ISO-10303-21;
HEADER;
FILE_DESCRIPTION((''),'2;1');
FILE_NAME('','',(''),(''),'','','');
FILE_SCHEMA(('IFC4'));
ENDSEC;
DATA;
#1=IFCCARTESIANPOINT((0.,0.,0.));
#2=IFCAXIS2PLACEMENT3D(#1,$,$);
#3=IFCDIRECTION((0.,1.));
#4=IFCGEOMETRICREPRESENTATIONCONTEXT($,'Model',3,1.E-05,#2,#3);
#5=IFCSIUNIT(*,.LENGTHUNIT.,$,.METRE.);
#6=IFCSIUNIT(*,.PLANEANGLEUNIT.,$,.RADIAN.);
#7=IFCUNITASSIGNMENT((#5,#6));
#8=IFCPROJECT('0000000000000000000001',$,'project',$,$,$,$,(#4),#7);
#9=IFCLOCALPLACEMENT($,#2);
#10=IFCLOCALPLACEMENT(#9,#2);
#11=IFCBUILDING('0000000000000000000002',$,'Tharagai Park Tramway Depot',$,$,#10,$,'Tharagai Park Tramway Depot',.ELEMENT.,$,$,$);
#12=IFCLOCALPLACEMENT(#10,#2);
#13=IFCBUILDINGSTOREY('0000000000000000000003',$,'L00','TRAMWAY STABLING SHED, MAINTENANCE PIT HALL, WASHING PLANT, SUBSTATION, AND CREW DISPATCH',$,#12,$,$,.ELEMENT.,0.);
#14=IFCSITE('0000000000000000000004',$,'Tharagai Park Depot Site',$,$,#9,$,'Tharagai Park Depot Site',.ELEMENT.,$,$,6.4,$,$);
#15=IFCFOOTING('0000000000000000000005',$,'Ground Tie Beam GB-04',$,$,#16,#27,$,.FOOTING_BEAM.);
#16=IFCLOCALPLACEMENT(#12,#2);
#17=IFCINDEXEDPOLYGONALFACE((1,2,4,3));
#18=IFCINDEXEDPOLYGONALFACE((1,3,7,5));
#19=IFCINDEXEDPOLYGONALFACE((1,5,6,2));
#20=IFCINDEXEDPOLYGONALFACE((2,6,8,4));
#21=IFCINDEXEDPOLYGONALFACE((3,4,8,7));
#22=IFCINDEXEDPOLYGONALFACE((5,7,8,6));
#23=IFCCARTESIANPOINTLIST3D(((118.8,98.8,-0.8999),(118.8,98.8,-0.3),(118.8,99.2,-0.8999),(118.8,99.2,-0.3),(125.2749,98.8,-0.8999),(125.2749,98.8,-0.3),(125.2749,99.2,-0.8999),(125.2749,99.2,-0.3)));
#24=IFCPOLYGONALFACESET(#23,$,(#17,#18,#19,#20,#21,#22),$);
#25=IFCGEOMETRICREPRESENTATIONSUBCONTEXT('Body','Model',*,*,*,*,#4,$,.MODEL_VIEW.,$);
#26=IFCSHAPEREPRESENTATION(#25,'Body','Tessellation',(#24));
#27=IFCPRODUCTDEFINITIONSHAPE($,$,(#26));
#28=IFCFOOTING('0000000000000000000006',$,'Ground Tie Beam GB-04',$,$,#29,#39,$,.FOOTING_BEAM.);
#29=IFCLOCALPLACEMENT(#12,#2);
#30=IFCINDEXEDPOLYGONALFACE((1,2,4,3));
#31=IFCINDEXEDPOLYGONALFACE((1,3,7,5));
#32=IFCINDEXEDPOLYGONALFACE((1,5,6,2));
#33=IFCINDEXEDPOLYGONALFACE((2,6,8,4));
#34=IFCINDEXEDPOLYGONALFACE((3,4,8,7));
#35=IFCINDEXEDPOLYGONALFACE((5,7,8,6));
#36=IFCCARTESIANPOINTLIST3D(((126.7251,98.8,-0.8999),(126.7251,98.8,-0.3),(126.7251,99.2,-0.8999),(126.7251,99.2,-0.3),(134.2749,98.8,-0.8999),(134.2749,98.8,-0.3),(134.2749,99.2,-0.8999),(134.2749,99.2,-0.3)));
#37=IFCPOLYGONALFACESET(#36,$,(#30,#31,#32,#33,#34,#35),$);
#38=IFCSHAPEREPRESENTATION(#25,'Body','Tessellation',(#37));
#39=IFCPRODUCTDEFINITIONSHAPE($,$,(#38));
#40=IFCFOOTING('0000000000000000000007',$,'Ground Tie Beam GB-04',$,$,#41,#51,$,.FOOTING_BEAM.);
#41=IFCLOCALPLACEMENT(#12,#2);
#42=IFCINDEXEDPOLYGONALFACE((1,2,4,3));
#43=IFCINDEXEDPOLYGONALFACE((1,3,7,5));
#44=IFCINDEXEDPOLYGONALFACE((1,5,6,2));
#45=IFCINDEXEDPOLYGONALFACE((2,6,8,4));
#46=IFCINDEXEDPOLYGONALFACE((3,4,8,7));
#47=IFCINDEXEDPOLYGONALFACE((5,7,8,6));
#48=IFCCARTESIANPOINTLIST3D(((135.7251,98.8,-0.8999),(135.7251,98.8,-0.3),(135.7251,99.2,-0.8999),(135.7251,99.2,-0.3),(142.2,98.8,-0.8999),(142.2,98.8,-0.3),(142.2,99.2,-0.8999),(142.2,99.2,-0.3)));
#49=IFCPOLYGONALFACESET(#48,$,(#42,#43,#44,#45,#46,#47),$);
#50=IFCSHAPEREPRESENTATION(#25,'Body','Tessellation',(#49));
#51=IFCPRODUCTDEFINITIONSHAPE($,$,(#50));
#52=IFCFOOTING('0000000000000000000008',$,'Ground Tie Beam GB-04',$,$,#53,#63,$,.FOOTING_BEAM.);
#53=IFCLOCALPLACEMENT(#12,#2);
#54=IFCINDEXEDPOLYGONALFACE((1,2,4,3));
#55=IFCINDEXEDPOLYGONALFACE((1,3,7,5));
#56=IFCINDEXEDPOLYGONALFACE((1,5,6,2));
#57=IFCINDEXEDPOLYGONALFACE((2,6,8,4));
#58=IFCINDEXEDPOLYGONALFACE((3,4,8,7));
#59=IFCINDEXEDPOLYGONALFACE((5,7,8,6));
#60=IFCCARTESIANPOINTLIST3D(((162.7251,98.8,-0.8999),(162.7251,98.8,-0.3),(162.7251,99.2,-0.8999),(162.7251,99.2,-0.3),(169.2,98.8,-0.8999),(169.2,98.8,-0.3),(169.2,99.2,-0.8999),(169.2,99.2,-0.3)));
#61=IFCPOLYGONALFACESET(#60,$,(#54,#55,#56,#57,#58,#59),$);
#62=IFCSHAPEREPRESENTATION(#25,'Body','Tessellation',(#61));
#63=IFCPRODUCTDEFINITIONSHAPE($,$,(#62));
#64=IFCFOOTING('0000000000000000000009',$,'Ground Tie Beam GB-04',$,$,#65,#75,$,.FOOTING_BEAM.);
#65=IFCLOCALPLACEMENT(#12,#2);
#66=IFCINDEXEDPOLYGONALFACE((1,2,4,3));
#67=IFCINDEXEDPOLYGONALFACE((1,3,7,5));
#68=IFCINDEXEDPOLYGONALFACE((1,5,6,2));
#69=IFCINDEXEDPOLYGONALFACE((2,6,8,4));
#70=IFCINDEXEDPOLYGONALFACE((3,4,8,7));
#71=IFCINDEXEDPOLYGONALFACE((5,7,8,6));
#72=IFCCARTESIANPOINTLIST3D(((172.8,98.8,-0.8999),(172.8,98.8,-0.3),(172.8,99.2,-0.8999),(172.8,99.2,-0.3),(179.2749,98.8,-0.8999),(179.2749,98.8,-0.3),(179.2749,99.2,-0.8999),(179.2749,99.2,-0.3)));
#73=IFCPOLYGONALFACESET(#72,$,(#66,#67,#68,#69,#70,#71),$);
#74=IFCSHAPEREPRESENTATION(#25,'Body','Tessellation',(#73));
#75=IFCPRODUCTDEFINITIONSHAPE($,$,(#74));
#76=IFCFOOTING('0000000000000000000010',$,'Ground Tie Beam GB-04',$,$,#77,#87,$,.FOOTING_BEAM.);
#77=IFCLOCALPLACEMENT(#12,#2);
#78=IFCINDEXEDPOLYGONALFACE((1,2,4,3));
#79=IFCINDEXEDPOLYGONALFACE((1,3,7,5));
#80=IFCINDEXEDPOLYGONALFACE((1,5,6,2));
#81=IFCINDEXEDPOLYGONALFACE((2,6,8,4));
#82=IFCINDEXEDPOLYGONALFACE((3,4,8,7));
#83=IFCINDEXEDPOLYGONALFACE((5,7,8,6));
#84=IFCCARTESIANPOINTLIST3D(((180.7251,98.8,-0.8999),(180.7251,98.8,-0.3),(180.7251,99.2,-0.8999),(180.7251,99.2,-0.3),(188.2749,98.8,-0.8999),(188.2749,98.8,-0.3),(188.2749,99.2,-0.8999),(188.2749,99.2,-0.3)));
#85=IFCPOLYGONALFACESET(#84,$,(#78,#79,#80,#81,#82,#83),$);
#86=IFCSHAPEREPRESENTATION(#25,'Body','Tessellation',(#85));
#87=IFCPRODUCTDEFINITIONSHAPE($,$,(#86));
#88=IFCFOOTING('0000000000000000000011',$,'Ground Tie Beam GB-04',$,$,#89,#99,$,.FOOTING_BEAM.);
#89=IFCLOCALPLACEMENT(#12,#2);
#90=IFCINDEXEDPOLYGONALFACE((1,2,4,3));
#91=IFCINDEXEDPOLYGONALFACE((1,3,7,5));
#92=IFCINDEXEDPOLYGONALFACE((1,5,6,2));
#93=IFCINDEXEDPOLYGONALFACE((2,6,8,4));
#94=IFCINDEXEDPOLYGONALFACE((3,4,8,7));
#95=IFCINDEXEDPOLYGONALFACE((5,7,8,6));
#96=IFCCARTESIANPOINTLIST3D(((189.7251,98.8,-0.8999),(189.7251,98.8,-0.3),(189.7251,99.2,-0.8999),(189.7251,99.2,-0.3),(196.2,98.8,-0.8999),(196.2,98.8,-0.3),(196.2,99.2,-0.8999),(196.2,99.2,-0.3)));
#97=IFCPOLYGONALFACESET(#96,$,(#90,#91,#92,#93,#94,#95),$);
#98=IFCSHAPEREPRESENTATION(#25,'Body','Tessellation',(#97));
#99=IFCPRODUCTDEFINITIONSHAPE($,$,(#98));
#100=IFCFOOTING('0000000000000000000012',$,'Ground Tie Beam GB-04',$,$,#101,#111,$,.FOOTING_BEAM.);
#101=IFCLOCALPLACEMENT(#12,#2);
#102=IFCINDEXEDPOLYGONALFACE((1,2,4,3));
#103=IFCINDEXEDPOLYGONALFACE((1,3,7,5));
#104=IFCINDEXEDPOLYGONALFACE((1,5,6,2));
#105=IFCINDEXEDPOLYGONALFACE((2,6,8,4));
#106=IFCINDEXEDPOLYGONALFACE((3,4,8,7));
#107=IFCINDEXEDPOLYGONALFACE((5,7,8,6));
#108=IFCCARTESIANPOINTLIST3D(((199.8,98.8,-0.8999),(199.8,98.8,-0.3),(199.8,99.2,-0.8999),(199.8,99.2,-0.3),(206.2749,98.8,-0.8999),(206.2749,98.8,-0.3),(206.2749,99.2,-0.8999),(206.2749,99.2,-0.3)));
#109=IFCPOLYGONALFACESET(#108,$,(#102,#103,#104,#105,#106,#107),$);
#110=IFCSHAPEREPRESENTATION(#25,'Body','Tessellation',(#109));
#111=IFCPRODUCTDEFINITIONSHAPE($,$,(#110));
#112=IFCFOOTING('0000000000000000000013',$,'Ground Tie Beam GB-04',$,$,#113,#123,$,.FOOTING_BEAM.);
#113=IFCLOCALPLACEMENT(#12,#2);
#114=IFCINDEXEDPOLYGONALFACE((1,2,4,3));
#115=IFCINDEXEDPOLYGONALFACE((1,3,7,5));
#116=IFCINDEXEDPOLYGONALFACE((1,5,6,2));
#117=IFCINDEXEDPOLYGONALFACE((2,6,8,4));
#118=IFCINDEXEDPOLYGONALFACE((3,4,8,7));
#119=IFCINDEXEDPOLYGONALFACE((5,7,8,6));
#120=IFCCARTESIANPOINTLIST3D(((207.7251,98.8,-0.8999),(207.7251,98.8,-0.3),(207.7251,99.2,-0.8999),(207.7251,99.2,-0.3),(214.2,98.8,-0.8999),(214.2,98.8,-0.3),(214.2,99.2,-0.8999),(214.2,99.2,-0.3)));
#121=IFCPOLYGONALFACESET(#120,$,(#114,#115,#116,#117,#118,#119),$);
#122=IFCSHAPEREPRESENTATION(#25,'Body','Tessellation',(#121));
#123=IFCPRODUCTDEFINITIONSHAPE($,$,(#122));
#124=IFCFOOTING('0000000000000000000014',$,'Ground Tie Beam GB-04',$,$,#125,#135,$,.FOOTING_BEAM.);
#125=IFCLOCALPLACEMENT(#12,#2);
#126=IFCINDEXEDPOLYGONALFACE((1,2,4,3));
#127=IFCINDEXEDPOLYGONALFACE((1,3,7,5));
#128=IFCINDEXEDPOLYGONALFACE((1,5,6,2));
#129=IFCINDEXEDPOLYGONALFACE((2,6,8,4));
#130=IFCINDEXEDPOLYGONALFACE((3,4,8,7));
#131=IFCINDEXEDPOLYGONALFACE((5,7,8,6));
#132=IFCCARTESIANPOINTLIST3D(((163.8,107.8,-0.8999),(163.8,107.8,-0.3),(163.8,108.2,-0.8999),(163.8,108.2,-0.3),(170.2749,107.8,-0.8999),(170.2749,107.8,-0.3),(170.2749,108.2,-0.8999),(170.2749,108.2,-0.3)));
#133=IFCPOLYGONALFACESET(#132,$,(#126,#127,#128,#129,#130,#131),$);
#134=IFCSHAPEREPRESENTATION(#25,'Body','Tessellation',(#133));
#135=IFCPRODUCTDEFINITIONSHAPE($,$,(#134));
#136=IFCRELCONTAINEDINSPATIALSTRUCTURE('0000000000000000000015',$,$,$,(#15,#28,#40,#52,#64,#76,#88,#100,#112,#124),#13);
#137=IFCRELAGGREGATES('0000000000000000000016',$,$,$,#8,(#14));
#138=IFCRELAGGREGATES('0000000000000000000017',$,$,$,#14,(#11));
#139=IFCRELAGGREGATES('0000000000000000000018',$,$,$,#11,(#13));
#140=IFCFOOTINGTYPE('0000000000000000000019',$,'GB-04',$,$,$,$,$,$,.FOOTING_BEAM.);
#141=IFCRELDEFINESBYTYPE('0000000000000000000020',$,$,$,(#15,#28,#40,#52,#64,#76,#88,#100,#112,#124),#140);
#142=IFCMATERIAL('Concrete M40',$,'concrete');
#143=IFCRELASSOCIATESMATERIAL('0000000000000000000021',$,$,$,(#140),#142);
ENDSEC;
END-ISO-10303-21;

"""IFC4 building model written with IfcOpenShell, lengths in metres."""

from ifc_helpers import new_model, si_unit, direction, frame, origin, place, context, subcontext, project, spatial, polyline, outline, extrude, material, type_object, element, save


model = new_model("IFC4")

# Units and contexts
model_context = context("Model", 3, precision=1e-05, world=origin(), true_north=direction((0.0, 1.0)))
body_context = subcontext(model_context, "Body", "Model", "MODEL_VIEW")
ifc_project = project(units=[si_unit("LENGTHUNIT", "METRE"), si_unit("PLANEANGLEUNIT", "RADIAN")], contexts=[model_context])

# Site, building, storey
site_placement = place(None, origin())
site = spatial("IfcSite", under=ifc_project, at=site_placement, Name="Tharagai Park Depot Site", LongName="Tharagai Park Depot Site", CompositionType="ELEMENT", RefElevation=6.4)
building_placement = place(site_placement, origin())
building = spatial("IfcBuilding", under=site, at=building_placement, Name="Tharagai Park Tramway Depot", LongName="Tharagai Park Tramway Depot", CompositionType="ELEMENT")
storey_placement = place(building_placement, origin())
storey = spatial("IfcBuildingStorey", under=building, at=storey_placement, Name="L00", Description="TRAMWAY STABLING SHED, MAINTENANCE PIT HALL, WASHING PLANT, SUBSTATION, AND CREW DISPATCH", CompositionType="ELEMENT", Elevation=0.0)

# Shared definitions
ifc_material = material(Name="Concrete M40", Category="concrete")

# Footings
footing_type = type_object("IfcFootingType", Name="GB-04", PredefinedType="FOOTING_BEAM", material=ifc_material)
footing_1_placement = place(storey_placement, frame((0.0, 0.0, -0.8999)))
element("IfcFooting", 1, at=footing_1_placement, inside=storey, type_object=footing_type, Name="Ground Tie Beam GB-04", PredefinedType="FOOTING_BEAM", context=body_context, shape_type="SweptSolid", body=[
    extrude(outline(polyline([(118.8, 98.8), (125.2749, 98.8), (125.2749, 99.2), (118.8, 99.2), (118.8, 98.8)])), origin(), (0.0, 0.0, 1.0), 0.5999),
])
footing_2_placement = place(storey_placement, frame((0.0, 0.0, -0.8999)))
element("IfcFooting", 2, at=footing_2_placement, inside=storey, type_object=footing_type, Name="Ground Tie Beam GB-04", PredefinedType="FOOTING_BEAM", context=body_context, shape_type="SweptSolid", body=[
    extrude(outline(polyline([(126.7251, 98.8), (134.2749, 98.8), (134.2749, 99.2), (126.7251, 99.2), (126.7251, 98.8)])), origin(), (0.0, 0.0, 1.0), 0.5999),
])
footing_3_placement = place(storey_placement, frame((0.0, 0.0, -0.8999)))
element("IfcFooting", 3, at=footing_3_placement, inside=storey, type_object=footing_type, Name="Ground Tie Beam GB-04", PredefinedType="FOOTING_BEAM", context=body_context, shape_type="SweptSolid", body=[
    extrude(outline(polyline([(135.7251, 98.8), (142.2, 98.8), (142.2, 99.2), (135.7251, 99.2), (135.7251, 98.8)])), origin(), (0.0, 0.0, 1.0), 0.5999),
])
footing_4_placement = place(storey_placement, frame((0.0, 0.0, -0.8999)))
element("IfcFooting", 4, at=footing_4_placement, inside=storey, type_object=footing_type, Name="Ground Tie Beam GB-04", PredefinedType="FOOTING_BEAM", context=body_context, shape_type="SweptSolid", body=[
    extrude(outline(polyline([(162.7251, 98.8), (169.2, 98.8), (169.2, 99.2), (162.7251, 99.2), (162.7251, 98.8)])), origin(), (0.0, 0.0, 1.0), 0.5999),
])
footing_5_placement = place(storey_placement, frame((0.0, 0.0, -0.8999)))
element("IfcFooting", 5, at=footing_5_placement, inside=storey, type_object=footing_type, Name="Ground Tie Beam GB-04", PredefinedType="FOOTING_BEAM", context=body_context, shape_type="SweptSolid", body=[
    extrude(outline(polyline([(172.8, 98.8), (179.2749, 98.8), (179.2749, 99.2), (172.8, 99.2), (172.8, 98.8)])), origin(), (0.0, 0.0, 1.0), 0.5999),
])
footing_6_placement = place(storey_placement, frame((0.0, 0.0, -0.8999)))
element("IfcFooting", 6, at=footing_6_placement, inside=storey, type_object=footing_type, Name="Ground Tie Beam GB-04", PredefinedType="FOOTING_BEAM", context=body_context, shape_type="SweptSolid", body=[
    extrude(outline(polyline([(180.7251, 98.8), (188.2749, 98.8), (188.2749, 99.2), (180.7251, 99.2), (180.7251, 98.8)])), origin(), (0.0, 0.0, 1.0), 0.5999),
])
footing_7_placement = place(storey_placement, frame((0.0, 0.0, -0.8999)))
element("IfcFooting", 7, at=footing_7_placement, inside=storey, type_object=footing_type, Name="Ground Tie Beam GB-04", PredefinedType="FOOTING_BEAM", context=body_context, shape_type="SweptSolid", body=[
    extrude(outline(polyline([(189.7251, 98.8), (196.2, 98.8), (196.2, 99.2), (189.7251, 99.2), (189.7251, 98.8)])), origin(), (0.0, 0.0, 1.0), 0.5999),
])
footing_8_placement = place(storey_placement, frame((0.0, 0.0, -0.8999)))
element("IfcFooting", 8, at=footing_8_placement, inside=storey, type_object=footing_type, Name="Ground Tie Beam GB-04", PredefinedType="FOOTING_BEAM", context=body_context, shape_type="SweptSolid", body=[
    extrude(outline(polyline([(199.8, 98.8), (206.2749, 98.8), (206.2749, 99.2), (199.8, 99.2), (199.8, 98.8)])), origin(), (0.0, 0.0, 1.0), 0.5999),
])
footing_9_placement = place(storey_placement, frame((0.0, 0.0, -0.8999)))
element("IfcFooting", 9, at=footing_9_placement, inside=storey, type_object=footing_type, Name="Ground Tie Beam GB-04", PredefinedType="FOOTING_BEAM", context=body_context, shape_type="SweptSolid", body=[
    extrude(outline(polyline([(207.7251, 98.8), (214.2, 98.8), (214.2, 99.2), (207.7251, 99.2), (207.7251, 98.8)])), origin(), (0.0, 0.0, 1.0), 0.5999),
])
footing_10_placement = place(storey_placement, frame((0.0, 0.0, -0.8999)))
element("IfcFooting", 10, at=footing_10_placement, inside=storey, type_object=footing_type, Name="Ground Tie Beam GB-04", PredefinedType="FOOTING_BEAM", context=body_context, shape_type="SweptSolid", body=[
    extrude(outline(polyline([(163.8, 107.8), (170.2749, 107.8), (170.2749, 108.2), (163.8, 108.2), (163.8, 107.8)])), origin(), (0.0, 0.0, 1.0), 0.5999),
])

save(model, "model.ifc")
